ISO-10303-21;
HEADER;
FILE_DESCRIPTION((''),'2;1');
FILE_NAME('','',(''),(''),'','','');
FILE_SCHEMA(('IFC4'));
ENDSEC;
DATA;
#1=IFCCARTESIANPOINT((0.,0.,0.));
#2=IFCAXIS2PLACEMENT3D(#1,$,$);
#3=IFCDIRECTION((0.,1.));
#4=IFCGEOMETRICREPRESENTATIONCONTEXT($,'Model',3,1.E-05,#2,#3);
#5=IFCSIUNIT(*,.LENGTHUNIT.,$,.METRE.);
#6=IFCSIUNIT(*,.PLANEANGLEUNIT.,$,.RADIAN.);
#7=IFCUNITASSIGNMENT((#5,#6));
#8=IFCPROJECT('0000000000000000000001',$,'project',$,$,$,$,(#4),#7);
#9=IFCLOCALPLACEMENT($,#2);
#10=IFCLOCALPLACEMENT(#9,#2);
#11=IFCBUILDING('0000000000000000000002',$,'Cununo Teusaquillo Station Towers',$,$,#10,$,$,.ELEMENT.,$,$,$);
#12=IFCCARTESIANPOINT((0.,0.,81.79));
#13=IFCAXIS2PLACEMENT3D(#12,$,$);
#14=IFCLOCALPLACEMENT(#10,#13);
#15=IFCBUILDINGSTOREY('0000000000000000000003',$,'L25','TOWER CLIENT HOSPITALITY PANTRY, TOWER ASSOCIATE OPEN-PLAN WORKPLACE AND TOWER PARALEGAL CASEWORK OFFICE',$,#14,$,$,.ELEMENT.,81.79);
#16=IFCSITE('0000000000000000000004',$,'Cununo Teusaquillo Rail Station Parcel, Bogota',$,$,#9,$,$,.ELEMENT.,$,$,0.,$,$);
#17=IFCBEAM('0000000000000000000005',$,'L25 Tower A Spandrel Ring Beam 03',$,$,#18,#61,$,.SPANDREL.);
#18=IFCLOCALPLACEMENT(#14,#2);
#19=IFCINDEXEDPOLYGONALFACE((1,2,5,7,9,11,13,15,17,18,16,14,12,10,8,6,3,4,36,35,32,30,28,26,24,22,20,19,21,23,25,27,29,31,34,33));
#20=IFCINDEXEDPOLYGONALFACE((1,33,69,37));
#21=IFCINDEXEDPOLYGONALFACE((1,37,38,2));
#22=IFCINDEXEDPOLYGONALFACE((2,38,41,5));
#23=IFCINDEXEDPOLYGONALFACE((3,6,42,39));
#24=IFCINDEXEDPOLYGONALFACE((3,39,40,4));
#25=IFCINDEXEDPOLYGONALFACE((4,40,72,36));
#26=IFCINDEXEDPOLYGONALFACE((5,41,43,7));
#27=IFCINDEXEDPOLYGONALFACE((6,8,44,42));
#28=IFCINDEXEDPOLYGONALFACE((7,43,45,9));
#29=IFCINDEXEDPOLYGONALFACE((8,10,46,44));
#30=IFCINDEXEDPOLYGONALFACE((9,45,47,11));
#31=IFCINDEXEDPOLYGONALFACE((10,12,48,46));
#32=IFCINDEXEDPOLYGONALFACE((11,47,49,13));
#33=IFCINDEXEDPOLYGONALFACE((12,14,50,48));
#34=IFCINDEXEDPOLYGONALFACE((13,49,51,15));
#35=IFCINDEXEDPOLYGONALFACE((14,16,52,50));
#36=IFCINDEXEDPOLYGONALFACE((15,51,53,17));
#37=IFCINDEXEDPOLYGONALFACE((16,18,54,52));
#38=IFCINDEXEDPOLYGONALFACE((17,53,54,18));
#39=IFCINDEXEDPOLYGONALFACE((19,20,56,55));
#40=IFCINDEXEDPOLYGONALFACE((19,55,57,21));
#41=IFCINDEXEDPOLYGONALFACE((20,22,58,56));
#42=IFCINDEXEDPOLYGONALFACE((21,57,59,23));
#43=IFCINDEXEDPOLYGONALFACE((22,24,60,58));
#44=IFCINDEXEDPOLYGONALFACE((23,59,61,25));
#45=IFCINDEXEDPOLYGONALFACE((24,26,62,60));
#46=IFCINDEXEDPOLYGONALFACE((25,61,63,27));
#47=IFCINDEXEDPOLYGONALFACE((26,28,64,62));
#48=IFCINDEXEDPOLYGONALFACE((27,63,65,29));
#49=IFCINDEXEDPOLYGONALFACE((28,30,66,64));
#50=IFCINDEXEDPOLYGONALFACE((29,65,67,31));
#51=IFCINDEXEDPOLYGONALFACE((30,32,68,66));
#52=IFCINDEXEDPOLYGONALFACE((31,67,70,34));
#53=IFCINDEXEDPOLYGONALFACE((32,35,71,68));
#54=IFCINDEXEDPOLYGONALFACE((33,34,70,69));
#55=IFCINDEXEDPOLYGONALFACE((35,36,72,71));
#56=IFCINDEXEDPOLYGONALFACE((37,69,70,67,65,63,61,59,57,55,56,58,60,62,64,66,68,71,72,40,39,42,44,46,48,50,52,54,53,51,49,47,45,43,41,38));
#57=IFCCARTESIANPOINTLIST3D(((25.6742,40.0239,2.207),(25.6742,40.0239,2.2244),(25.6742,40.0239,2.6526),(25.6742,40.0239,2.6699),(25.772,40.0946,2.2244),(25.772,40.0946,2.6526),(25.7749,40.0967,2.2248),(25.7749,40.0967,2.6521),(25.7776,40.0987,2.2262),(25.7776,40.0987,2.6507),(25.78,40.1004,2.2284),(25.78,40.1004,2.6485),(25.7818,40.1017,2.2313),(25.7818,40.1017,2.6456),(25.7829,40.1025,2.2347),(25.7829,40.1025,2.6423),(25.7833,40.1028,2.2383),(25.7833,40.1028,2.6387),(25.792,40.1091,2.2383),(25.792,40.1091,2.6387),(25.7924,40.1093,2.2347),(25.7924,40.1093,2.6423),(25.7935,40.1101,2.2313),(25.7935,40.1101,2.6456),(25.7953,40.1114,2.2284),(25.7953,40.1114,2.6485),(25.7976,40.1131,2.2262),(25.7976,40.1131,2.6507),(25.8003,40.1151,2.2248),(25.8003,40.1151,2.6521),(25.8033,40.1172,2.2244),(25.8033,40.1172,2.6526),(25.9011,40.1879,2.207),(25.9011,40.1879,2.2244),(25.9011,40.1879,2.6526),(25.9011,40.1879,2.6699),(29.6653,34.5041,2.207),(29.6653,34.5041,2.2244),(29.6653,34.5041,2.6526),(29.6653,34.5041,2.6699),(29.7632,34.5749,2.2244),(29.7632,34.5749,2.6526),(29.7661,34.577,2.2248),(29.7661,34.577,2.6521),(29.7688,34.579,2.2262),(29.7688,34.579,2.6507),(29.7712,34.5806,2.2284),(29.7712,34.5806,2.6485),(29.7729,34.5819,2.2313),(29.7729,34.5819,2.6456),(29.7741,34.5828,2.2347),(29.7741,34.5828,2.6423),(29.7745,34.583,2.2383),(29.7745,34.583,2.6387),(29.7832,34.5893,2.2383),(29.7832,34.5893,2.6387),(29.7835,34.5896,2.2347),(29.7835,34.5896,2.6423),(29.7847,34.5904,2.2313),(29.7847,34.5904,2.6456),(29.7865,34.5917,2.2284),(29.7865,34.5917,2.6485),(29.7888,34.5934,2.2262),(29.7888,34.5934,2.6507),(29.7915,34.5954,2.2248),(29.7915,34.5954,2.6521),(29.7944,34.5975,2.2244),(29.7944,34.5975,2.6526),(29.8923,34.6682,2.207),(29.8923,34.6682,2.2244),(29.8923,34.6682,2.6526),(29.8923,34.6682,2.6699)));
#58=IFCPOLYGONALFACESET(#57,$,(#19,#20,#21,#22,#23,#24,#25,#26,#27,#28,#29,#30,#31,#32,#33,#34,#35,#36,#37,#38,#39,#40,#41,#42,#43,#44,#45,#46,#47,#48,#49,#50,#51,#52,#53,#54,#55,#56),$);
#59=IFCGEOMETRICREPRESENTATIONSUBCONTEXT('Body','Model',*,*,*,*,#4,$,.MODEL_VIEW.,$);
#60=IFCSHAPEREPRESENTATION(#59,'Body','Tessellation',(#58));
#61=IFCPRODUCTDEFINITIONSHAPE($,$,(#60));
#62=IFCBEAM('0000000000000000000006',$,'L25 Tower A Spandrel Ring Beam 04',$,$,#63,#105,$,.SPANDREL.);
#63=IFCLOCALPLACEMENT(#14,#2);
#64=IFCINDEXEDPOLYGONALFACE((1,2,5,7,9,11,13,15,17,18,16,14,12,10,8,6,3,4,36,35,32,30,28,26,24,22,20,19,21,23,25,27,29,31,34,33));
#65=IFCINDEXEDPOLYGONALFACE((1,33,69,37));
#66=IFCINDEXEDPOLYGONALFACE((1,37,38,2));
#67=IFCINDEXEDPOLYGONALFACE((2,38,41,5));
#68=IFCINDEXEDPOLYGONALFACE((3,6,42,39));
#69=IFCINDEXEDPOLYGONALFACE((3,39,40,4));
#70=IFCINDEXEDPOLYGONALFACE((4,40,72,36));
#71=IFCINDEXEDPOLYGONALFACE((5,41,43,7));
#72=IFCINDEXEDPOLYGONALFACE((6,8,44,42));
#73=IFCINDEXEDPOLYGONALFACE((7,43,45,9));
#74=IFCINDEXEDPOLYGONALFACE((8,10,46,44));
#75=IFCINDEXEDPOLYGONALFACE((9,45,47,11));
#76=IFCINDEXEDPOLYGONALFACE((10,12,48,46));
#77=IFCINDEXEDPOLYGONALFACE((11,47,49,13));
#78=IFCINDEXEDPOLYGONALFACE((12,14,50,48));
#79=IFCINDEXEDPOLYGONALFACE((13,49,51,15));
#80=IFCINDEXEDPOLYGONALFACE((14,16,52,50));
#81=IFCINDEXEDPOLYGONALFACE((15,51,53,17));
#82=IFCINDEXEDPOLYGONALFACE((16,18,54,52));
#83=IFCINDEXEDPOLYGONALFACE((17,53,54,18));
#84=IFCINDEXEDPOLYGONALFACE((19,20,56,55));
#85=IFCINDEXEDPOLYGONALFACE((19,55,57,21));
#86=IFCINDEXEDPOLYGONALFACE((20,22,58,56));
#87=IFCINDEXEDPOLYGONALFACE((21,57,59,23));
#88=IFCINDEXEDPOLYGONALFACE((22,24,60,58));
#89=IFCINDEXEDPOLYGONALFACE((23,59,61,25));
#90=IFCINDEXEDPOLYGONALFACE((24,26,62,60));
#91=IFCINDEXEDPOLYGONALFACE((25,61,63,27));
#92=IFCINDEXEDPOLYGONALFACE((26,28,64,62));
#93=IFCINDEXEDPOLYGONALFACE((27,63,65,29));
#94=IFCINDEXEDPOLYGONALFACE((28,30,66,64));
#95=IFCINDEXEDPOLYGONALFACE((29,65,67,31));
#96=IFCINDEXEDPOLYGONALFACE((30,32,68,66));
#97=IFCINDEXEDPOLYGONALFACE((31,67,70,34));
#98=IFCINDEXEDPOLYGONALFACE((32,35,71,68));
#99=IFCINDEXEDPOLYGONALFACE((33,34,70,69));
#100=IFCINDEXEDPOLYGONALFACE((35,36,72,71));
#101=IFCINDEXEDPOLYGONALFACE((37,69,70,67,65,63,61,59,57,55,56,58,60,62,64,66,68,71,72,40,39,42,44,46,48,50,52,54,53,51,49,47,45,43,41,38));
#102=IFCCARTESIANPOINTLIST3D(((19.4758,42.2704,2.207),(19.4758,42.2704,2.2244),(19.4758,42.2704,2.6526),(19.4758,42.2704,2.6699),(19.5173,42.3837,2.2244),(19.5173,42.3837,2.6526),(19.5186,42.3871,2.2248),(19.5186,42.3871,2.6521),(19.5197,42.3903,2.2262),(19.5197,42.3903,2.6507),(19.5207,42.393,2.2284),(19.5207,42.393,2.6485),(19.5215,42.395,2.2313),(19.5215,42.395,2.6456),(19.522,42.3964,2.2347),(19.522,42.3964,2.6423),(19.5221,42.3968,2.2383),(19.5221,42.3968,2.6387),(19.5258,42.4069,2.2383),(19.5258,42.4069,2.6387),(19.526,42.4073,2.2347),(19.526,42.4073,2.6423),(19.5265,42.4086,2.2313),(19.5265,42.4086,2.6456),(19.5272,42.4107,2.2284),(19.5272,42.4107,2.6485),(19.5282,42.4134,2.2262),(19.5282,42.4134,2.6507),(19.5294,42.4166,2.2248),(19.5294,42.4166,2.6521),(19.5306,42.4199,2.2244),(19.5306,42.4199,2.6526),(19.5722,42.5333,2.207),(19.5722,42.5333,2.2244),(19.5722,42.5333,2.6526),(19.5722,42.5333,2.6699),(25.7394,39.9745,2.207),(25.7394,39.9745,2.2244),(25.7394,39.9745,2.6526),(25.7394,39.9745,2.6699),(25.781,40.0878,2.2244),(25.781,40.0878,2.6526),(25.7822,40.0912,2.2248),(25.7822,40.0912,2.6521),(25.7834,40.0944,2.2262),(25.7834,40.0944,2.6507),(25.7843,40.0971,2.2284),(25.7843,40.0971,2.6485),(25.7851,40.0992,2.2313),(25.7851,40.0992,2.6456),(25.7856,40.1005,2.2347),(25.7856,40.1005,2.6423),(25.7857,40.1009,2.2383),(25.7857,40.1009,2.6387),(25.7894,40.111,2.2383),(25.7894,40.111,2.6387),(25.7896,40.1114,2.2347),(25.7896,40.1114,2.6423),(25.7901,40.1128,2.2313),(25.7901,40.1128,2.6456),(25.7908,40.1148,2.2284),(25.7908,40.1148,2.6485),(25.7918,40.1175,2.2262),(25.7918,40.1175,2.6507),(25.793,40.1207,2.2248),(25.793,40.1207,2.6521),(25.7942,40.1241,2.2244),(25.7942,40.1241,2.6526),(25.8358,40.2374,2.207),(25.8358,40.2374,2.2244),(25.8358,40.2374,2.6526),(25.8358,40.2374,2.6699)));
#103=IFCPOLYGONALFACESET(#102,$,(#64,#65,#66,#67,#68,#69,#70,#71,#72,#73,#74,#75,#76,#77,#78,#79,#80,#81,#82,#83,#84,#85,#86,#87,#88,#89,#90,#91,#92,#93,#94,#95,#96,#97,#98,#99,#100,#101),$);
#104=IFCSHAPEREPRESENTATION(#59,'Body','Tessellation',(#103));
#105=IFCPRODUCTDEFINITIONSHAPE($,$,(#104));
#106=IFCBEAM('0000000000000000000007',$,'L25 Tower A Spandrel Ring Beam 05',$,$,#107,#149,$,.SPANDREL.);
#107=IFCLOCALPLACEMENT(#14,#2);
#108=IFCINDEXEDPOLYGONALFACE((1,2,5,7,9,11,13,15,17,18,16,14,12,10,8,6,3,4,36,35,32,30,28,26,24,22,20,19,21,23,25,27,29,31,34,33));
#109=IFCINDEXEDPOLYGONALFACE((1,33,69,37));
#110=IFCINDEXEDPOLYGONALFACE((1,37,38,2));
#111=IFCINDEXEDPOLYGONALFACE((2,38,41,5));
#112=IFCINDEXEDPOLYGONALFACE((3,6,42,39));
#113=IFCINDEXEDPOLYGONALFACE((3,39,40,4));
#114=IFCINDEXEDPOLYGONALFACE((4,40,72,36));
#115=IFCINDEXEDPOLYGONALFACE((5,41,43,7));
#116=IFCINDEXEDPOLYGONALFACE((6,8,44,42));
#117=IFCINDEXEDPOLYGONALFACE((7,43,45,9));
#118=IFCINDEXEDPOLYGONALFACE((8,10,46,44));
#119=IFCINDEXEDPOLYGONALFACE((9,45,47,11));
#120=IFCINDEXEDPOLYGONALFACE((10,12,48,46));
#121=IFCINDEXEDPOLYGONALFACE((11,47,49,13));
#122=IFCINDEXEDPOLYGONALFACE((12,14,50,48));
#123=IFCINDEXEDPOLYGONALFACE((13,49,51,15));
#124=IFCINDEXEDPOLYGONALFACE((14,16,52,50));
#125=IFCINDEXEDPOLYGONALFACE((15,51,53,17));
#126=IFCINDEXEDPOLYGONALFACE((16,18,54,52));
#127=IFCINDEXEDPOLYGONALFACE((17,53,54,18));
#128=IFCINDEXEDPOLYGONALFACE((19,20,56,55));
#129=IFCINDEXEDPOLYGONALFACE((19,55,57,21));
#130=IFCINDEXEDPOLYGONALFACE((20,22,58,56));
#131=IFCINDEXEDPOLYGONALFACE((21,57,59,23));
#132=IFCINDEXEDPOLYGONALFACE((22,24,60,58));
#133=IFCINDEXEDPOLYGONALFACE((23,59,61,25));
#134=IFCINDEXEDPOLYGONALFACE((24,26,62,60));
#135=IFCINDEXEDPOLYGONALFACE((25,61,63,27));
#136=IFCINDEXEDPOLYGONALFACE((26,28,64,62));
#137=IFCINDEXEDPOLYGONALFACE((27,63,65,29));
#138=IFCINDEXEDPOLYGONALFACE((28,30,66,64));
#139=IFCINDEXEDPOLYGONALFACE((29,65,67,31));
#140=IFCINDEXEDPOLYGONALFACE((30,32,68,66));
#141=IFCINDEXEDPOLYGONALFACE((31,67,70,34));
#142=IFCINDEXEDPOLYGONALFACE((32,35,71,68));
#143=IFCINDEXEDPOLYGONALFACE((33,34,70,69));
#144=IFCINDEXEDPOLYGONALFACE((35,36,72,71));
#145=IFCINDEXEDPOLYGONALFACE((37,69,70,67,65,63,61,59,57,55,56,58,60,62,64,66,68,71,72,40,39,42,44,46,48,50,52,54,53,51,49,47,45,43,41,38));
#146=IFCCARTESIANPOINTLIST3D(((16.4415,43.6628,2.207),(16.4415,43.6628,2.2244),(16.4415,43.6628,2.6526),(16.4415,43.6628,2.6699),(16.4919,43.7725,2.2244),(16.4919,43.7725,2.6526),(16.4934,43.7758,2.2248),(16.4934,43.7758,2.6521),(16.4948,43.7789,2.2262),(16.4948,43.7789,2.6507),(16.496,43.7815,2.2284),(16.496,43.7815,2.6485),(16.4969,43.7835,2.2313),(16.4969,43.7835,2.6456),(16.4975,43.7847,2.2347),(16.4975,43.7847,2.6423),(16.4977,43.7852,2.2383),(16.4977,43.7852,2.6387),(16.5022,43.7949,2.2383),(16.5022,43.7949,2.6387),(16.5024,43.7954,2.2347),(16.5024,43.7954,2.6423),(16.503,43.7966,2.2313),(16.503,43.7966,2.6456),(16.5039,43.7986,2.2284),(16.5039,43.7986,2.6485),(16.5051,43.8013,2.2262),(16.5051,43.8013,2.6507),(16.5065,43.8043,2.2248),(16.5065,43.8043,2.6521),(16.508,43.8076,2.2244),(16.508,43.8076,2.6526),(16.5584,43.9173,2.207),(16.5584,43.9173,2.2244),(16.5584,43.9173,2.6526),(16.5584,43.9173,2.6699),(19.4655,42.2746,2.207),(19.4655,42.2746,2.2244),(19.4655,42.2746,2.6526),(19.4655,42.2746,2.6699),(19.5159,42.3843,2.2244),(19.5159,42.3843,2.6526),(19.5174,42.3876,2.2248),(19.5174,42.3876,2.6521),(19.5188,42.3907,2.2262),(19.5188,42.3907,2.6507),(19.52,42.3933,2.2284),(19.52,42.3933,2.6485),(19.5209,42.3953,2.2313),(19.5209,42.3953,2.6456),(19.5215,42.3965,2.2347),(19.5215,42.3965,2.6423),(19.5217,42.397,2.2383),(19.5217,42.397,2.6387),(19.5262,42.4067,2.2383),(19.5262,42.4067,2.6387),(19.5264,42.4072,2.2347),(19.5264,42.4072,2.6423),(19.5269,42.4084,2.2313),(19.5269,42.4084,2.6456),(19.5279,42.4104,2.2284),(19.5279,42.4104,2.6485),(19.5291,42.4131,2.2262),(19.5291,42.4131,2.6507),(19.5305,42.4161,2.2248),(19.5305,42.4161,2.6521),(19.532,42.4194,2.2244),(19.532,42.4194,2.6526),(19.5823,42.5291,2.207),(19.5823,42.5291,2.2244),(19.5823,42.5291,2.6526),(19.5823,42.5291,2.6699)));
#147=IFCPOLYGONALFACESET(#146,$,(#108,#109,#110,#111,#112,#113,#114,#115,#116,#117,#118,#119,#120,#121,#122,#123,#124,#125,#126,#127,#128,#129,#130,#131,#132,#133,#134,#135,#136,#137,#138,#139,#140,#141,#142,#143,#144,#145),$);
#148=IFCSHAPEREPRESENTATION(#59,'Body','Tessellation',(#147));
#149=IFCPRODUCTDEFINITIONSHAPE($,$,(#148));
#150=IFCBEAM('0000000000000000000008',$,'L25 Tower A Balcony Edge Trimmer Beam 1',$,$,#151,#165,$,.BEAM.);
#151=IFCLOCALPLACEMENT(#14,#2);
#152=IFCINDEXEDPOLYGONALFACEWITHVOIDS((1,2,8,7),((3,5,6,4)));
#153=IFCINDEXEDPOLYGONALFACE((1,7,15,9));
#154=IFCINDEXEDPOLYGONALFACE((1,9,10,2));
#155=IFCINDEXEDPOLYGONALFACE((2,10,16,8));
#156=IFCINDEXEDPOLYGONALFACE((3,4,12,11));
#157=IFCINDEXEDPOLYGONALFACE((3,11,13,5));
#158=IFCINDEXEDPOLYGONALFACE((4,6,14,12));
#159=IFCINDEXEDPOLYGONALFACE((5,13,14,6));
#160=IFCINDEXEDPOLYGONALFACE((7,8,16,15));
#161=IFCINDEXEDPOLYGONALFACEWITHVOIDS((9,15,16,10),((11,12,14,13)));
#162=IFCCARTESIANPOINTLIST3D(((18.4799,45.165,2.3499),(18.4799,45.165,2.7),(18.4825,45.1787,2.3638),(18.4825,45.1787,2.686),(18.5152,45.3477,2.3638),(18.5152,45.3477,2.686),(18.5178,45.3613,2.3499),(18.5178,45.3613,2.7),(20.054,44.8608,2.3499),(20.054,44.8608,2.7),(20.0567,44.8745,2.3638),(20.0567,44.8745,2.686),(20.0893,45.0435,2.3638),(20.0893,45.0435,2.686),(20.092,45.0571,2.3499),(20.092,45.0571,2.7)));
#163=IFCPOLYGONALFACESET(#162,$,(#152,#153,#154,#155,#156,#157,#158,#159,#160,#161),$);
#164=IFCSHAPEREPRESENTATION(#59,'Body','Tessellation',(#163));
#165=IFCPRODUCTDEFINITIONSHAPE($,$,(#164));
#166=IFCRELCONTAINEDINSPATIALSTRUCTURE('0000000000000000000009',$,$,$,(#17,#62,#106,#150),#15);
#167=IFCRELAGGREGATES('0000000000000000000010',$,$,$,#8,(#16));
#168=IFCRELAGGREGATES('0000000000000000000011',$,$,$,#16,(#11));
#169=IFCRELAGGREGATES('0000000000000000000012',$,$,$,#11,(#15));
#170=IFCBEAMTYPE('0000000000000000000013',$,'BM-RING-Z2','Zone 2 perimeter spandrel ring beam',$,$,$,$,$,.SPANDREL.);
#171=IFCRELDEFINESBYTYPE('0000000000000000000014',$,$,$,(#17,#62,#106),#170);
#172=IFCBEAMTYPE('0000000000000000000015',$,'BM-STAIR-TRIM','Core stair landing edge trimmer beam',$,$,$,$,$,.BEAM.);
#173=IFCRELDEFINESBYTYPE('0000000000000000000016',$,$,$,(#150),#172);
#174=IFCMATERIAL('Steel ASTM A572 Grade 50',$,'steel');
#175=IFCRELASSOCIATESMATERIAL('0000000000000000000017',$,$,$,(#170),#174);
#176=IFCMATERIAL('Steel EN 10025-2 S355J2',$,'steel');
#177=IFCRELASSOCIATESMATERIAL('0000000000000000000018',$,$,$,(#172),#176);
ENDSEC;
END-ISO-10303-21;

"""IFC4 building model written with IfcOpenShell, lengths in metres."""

from ifc_helpers import new_model, si_unit, direction, frame, origin, origin_2d, place, context, subcontext, project, spatial, hollow_rectangle, i_section, extrude, material, material_profile, profile_set, type_object, element, save


model = new_model("IFC4")

# Units and contexts
model_context = context("Model", 3, precision=1e-05, world=origin(), true_north=direction((0.0, 1.0)))
body_context = subcontext(model_context, "Body", "Model", "MODEL_VIEW")
ifc_project = project(units=[si_unit("LENGTHUNIT", "METRE"), si_unit("PLANEANGLEUNIT", "RADIAN")], contexts=[model_context])

# Site, building, storey
site_placement = place(None, origin())
site = spatial("IfcSite", under=ifc_project, at=site_placement, Name="Cununo Teusaquillo Rail Station Parcel, Bogota", CompositionType="ELEMENT", RefElevation=0.0)
building_placement = place(site_placement, origin())
building = spatial("IfcBuilding", under=site, at=building_placement, Name="Cununo Teusaquillo Station Towers", CompositionType="ELEMENT")
storey_placement = place(building_placement, frame((0.0, 0.0, 81.79)))
storey = spatial("IfcBuildingStorey", under=building, at=storey_placement, Name="L25", Description="TOWER CLIENT HOSPITALITY PANTRY, TOWER ASSOCIATE OPEN-PLAN WORKPLACE AND TOWER PARALEGAL CASEWORK OFFICE", CompositionType="ELEMENT", Elevation=81.79)

# Beams
ifc_material_1 = material(Name="Steel ASTM A572 Grade 50", Category="steel")
ifc_material_profile_1 = material_profile(ifc_material_1, i_section(OverallWidth=0.28, OverallDepth=0.4629, WebThickness=0.0107, FlangeThickness=0.0173, FilletRadius=0.0139, at=origin_2d()), Name="W18X76")
ifc_profile_set_1 = profile_set([ifc_material_profile_1], Name="Steel ASTM A572 Grade 50")
beam_type_1 = type_object("IfcBeamType", Name="BM-RING-Z2", Description="Zone 2 perimeter spandrel ring beam", PredefinedType="SPANDREL", material=ifc_profile_set_1)
beam_1_placement = place(storey_placement, frame((29.7788, 34.5862, 2.4385), z_axis=(-0.585945, 0.810351, 0.0), x_axis=(-0.810351, -0.585945, 0.0)))
element("IfcBeam", 1, at=beam_1_placement, inside=storey, type_object=beam_type_1, Name="L25 Tower A Spandrel Ring Beam 03", PredefinedType="SPANDREL", context=body_context, shape_type="SweptSolid", body=[
    extrude(i_section(OverallWidth=0.28, OverallDepth=0.4629, WebThickness=0.0107, FlangeThickness=0.0173, FilletRadius=0.0139, at=origin_2d()), origin(), (0.0, 0.0, 1.0), 6.8115),
])
beam_2_placement = place(storey_placement, frame((25.7876, 40.106, 2.4385), z_axis=(-0.938914, 0.344151, 0.0), x_axis=(-0.344151, -0.938914, 0.0)))
element("IfcBeam", 2, at=beam_2_placement, inside=storey, type_object=beam_type_1, Name="L25 Tower A Spandrel Ring Beam 04", PredefinedType="SPANDREL", context=body_context, shape_type="SweptSolid", body=[
    extrude(i_section(OverallWidth=0.28, OverallDepth=0.4629, WebThickness=0.0107, FlangeThickness=0.0173, FilletRadius=0.0139, at=origin_2d()), origin(), (0.0, 0.0, 1.0), 6.6711),
])
beam_3_placement = place(storey_placement, frame((19.5239, 42.4019, 2.4385), z_axis=(-0.908812, 0.417205, 0.0), x_axis=(-0.417205, -0.908812, 0.0)))
element("IfcBeam", 3, at=beam_3_placement, inside=storey, type_object=beam_type_1, Name="L25 Tower A Spandrel Ring Beam 05", PredefinedType="SPANDREL", context=body_context, shape_type="SweptSolid", body=[
    extrude(i_section(OverallWidth=0.28, OverallDepth=0.4629, WebThickness=0.0107, FlangeThickness=0.0173, FilletRadius=0.0139, at=origin_2d()), origin(), (0.0, 0.0, 1.0), 3.3274),
])
ifc_material_2 = material(Name="Steel EN 10025-2 S355J2", Category="steel")
ifc_material_profile_2 = material_profile(ifc_material_2, hollow_rectangle(XDim=0.2, YDim=0.3501, WallThickness=0.0139, at=origin_2d()), Name="RHS 350x200x14")
ifc_profile_set_2 = profile_set([ifc_material_profile_2], Name="Steel EN 10025-2 S355J2")
beam_type_2 = type_object("IfcBeamType", Name="BM-STAIR-TRIM", Description="Core stair landing edge trimmer beam", PredefinedType="BEAM", material=ifc_profile_set_2)
beam_4_placement = place(storey_placement, frame((20.073, 44.959, 2.5249), z_axis=(-0.981837, 0.189728, 0.0), x_axis=(-0.189728, -0.981837, 0.0)))
element("IfcBeam", 4, at=beam_4_placement, inside=storey, type_object=beam_type_2, Name="L25 Tower A Balcony Edge Trimmer Beam 1", PredefinedType="BEAM", context=body_context, shape_type="SweptSolid", body=[
    extrude(hollow_rectangle(XDim=0.2, YDim=0.3501, WallThickness=0.0139, at=origin_2d()), origin(), (0.0, 0.0, 1.0), 1.6033),
])

save(model, "model.ifc")
